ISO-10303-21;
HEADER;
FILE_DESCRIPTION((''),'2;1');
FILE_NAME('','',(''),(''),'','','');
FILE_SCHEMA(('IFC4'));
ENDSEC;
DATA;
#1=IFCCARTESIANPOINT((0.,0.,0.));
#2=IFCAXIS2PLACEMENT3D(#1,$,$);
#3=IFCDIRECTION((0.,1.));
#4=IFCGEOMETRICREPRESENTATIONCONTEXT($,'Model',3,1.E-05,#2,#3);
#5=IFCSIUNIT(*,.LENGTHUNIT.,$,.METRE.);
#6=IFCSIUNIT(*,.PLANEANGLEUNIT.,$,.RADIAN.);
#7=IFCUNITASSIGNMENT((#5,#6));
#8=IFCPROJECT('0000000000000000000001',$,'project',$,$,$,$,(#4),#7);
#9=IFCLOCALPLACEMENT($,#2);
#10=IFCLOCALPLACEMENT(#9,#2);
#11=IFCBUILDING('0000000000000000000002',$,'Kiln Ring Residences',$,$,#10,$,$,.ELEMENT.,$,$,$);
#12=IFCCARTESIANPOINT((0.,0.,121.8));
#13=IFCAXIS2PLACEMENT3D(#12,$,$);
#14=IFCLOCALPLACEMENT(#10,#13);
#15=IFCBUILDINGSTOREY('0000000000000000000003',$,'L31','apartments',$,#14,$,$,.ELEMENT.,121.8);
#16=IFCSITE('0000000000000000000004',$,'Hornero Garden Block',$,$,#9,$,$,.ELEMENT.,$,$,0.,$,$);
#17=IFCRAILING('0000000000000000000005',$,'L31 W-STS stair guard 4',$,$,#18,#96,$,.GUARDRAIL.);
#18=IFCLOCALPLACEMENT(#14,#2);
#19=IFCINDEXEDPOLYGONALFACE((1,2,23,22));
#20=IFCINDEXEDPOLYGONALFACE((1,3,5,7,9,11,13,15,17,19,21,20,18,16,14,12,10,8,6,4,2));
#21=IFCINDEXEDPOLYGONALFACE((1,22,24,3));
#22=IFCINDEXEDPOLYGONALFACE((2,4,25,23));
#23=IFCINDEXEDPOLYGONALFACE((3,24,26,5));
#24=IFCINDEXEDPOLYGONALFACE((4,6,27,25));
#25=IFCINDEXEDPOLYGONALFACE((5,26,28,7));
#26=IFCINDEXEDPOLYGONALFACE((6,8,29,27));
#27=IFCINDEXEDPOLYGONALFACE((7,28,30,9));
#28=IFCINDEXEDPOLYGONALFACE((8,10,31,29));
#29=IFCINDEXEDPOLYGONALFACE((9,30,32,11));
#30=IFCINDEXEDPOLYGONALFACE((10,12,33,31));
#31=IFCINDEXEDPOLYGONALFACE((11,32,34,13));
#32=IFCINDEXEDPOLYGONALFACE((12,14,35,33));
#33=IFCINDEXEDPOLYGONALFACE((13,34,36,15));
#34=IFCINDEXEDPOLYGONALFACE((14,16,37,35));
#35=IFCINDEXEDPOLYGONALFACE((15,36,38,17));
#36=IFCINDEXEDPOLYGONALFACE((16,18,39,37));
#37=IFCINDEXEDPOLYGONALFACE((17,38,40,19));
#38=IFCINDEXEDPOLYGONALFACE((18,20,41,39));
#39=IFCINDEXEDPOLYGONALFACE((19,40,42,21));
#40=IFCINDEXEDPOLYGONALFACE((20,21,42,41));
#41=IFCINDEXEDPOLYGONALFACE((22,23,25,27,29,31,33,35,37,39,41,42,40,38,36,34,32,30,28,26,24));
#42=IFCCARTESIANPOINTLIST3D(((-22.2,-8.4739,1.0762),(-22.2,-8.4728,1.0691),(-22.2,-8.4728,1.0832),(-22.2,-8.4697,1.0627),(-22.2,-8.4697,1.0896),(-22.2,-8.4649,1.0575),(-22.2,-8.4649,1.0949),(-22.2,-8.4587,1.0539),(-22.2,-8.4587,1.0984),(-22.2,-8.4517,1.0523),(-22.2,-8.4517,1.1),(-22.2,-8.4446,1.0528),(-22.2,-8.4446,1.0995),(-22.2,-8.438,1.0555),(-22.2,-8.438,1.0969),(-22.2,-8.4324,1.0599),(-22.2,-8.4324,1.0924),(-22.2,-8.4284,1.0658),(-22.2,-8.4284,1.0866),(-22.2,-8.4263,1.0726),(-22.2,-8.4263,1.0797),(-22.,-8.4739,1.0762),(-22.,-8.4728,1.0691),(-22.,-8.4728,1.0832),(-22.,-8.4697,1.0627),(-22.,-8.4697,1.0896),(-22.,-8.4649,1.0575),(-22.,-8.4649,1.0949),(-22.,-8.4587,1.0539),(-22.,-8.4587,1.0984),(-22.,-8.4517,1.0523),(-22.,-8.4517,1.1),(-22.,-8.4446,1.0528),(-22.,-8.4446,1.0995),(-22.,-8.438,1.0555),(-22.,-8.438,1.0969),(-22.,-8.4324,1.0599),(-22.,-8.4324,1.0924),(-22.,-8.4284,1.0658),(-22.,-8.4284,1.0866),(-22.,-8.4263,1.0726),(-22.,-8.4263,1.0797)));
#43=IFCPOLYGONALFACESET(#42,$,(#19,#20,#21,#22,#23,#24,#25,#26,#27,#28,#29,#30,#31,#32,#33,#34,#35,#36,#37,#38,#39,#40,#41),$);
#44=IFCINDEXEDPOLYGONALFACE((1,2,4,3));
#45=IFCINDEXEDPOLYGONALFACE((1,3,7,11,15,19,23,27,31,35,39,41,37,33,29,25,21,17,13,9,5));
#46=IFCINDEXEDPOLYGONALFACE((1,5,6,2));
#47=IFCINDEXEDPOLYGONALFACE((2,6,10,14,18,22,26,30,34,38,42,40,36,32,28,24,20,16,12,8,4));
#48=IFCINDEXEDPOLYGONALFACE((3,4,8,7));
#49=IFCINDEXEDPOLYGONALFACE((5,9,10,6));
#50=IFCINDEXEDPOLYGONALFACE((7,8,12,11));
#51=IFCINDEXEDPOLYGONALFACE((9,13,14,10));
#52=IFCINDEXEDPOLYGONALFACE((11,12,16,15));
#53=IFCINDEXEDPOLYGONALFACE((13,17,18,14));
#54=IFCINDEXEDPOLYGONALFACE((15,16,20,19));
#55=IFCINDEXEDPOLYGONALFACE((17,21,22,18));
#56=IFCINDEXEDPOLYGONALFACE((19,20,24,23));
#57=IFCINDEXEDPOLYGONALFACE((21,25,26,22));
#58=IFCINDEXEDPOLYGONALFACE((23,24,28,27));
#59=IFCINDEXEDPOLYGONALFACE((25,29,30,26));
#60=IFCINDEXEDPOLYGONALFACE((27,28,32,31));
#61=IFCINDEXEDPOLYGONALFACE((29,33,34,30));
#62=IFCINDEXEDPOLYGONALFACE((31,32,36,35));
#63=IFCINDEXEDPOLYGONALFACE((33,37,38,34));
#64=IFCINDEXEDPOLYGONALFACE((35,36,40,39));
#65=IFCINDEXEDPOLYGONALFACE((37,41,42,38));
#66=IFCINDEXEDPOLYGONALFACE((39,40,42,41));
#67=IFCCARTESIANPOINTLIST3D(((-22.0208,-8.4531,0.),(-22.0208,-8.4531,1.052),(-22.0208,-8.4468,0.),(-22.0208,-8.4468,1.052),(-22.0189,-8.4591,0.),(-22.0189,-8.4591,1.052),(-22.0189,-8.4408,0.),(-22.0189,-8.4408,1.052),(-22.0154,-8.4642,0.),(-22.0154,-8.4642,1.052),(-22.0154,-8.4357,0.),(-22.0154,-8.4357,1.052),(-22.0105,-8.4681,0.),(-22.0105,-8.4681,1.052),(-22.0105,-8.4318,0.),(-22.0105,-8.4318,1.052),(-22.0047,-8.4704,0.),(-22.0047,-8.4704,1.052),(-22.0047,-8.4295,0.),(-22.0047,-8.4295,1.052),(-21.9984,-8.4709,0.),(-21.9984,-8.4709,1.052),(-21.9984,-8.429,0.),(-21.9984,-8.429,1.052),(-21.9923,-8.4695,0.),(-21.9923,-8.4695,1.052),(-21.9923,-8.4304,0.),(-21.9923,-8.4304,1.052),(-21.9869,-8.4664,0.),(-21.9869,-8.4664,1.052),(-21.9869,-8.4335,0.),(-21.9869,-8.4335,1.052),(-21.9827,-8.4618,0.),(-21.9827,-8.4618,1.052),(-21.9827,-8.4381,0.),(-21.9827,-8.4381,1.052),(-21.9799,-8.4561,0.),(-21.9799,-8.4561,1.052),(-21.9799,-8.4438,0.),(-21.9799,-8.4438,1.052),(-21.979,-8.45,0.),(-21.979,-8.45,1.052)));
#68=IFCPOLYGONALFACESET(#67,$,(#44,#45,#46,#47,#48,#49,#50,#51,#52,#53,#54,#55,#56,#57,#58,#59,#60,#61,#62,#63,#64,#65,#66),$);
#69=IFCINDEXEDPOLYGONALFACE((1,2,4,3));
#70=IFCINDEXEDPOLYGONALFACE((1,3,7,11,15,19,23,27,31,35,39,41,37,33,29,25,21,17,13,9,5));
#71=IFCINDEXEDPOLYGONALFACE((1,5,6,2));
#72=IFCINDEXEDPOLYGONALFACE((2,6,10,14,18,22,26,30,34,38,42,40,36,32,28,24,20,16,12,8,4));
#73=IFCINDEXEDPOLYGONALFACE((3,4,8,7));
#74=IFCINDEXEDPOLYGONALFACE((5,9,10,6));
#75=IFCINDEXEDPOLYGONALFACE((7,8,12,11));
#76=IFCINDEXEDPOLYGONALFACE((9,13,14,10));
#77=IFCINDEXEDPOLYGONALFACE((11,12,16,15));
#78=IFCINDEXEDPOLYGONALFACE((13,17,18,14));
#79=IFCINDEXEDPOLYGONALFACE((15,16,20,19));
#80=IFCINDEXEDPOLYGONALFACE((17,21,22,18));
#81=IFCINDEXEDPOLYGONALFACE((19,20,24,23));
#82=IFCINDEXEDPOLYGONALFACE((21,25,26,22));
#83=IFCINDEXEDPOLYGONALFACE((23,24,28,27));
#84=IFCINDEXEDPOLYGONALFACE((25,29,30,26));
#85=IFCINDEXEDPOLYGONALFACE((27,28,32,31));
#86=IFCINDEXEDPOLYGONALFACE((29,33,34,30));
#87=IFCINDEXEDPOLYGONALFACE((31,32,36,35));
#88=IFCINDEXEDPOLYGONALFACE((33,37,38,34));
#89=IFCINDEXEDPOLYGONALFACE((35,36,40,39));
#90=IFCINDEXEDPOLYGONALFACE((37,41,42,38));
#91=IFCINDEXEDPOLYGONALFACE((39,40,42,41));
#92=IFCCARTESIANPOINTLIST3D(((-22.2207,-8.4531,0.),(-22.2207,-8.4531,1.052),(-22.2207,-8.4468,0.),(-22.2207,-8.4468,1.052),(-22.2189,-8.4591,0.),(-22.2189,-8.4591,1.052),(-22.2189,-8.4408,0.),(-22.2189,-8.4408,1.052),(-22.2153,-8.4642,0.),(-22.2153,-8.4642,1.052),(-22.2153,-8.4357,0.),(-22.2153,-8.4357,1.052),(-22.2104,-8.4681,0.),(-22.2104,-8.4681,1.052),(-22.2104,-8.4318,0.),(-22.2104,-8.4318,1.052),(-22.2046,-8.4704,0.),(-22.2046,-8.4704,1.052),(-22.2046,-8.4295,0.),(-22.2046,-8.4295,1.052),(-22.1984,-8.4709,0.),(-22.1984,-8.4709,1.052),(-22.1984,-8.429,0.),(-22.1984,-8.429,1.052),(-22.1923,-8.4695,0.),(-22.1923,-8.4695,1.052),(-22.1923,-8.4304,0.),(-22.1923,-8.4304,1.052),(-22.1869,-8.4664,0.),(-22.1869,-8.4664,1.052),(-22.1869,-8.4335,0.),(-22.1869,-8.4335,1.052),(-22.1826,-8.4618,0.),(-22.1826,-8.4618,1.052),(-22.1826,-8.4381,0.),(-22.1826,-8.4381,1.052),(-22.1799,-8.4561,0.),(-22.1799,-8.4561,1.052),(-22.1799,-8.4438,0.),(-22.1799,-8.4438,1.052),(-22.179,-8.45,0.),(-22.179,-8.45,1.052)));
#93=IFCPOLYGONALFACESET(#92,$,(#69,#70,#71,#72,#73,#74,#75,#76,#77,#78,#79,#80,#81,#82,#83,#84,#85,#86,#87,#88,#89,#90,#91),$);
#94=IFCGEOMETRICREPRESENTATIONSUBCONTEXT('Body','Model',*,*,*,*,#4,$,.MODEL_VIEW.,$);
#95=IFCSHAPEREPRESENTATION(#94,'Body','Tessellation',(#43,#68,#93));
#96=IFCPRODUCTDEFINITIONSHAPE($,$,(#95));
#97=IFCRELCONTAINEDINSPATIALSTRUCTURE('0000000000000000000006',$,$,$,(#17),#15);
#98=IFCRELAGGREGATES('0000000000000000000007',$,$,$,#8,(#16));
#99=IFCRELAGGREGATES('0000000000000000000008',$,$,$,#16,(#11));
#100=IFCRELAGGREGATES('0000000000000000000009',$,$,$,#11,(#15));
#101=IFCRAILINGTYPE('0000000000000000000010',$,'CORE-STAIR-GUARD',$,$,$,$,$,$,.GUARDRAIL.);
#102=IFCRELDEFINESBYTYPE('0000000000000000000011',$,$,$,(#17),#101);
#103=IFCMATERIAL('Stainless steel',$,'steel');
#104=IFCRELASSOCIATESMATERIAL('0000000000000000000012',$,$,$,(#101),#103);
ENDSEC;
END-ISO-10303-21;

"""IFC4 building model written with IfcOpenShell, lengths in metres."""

from ifc_helpers import new_model, si_unit, direction, frame, origin, origin_2d, place, context, subcontext, project, spatial, circle, extrude, material, type_object, element, save


model = new_model("IFC4")

# Units and contexts
model_context = context("Model", 3, precision=1e-05, world=origin(), true_north=direction((0.0, 1.0)))
body_context = subcontext(model_context, "Body", "Model", "MODEL_VIEW")
ifc_project = project(units=[si_unit("LENGTHUNIT", "METRE"), si_unit("PLANEANGLEUNIT", "RADIAN")], contexts=[model_context])

# Site, building, storey
site_placement = place(None, origin())
site = spatial("IfcSite", under=ifc_project, at=site_placement, Name="Hornero Garden Block", CompositionType="ELEMENT", RefElevation=0.0)
building_placement = place(site_placement, origin())
building = spatial("IfcBuilding", under=site, at=building_placement, Name="Kiln Ring Residences", CompositionType="ELEMENT")
storey_placement = place(building_placement, frame((0.0, 0.0, 121.8)))
storey = spatial("IfcBuildingStorey", under=building, at=storey_placement, Name="L31", Description="apartments", CompositionType="ELEMENT", Elevation=121.8)

# Railing
ifc_material_1 = material(Name="Stainless steel", Category="steel")
railing_type_1 = type_object("IfcRailingType", Name="CORE-STAIR-GUARD", PredefinedType="GUARDRAIL", material=ifc_material_1)
railing_1_placement = place(storey_placement, frame((-22.0, -8.45, 0.0)))
element("IfcRailing", 1, at=railing_1_placement, inside=storey, type_object=railing_type_1, Name="L31 W-STS stair guard 4", PredefinedType="GUARDRAIL", context=body_context, shape_type="SweptSolid", body=[
    extrude(circle(Radius=0.0239, at=origin_2d()), frame((0.0, 0.0, 1.0762), z_axis=(-1.0, 0.0, 0.0), x_axis=(0.0, -1.0, 0.0)), (0.0, 0.0, 1.0), 0.2),
    extrude(circle(Radius=0.021, at=origin_2d()), origin(), (0.0, 0.0, 1.0), 1.052),
    extrude(circle(Radius=0.021, at=origin_2d()), frame((-0.2, 0.0, 0.0)), (0.0, 0.0, 1.0), 1.052),
])

save(model, "model.ifc")
